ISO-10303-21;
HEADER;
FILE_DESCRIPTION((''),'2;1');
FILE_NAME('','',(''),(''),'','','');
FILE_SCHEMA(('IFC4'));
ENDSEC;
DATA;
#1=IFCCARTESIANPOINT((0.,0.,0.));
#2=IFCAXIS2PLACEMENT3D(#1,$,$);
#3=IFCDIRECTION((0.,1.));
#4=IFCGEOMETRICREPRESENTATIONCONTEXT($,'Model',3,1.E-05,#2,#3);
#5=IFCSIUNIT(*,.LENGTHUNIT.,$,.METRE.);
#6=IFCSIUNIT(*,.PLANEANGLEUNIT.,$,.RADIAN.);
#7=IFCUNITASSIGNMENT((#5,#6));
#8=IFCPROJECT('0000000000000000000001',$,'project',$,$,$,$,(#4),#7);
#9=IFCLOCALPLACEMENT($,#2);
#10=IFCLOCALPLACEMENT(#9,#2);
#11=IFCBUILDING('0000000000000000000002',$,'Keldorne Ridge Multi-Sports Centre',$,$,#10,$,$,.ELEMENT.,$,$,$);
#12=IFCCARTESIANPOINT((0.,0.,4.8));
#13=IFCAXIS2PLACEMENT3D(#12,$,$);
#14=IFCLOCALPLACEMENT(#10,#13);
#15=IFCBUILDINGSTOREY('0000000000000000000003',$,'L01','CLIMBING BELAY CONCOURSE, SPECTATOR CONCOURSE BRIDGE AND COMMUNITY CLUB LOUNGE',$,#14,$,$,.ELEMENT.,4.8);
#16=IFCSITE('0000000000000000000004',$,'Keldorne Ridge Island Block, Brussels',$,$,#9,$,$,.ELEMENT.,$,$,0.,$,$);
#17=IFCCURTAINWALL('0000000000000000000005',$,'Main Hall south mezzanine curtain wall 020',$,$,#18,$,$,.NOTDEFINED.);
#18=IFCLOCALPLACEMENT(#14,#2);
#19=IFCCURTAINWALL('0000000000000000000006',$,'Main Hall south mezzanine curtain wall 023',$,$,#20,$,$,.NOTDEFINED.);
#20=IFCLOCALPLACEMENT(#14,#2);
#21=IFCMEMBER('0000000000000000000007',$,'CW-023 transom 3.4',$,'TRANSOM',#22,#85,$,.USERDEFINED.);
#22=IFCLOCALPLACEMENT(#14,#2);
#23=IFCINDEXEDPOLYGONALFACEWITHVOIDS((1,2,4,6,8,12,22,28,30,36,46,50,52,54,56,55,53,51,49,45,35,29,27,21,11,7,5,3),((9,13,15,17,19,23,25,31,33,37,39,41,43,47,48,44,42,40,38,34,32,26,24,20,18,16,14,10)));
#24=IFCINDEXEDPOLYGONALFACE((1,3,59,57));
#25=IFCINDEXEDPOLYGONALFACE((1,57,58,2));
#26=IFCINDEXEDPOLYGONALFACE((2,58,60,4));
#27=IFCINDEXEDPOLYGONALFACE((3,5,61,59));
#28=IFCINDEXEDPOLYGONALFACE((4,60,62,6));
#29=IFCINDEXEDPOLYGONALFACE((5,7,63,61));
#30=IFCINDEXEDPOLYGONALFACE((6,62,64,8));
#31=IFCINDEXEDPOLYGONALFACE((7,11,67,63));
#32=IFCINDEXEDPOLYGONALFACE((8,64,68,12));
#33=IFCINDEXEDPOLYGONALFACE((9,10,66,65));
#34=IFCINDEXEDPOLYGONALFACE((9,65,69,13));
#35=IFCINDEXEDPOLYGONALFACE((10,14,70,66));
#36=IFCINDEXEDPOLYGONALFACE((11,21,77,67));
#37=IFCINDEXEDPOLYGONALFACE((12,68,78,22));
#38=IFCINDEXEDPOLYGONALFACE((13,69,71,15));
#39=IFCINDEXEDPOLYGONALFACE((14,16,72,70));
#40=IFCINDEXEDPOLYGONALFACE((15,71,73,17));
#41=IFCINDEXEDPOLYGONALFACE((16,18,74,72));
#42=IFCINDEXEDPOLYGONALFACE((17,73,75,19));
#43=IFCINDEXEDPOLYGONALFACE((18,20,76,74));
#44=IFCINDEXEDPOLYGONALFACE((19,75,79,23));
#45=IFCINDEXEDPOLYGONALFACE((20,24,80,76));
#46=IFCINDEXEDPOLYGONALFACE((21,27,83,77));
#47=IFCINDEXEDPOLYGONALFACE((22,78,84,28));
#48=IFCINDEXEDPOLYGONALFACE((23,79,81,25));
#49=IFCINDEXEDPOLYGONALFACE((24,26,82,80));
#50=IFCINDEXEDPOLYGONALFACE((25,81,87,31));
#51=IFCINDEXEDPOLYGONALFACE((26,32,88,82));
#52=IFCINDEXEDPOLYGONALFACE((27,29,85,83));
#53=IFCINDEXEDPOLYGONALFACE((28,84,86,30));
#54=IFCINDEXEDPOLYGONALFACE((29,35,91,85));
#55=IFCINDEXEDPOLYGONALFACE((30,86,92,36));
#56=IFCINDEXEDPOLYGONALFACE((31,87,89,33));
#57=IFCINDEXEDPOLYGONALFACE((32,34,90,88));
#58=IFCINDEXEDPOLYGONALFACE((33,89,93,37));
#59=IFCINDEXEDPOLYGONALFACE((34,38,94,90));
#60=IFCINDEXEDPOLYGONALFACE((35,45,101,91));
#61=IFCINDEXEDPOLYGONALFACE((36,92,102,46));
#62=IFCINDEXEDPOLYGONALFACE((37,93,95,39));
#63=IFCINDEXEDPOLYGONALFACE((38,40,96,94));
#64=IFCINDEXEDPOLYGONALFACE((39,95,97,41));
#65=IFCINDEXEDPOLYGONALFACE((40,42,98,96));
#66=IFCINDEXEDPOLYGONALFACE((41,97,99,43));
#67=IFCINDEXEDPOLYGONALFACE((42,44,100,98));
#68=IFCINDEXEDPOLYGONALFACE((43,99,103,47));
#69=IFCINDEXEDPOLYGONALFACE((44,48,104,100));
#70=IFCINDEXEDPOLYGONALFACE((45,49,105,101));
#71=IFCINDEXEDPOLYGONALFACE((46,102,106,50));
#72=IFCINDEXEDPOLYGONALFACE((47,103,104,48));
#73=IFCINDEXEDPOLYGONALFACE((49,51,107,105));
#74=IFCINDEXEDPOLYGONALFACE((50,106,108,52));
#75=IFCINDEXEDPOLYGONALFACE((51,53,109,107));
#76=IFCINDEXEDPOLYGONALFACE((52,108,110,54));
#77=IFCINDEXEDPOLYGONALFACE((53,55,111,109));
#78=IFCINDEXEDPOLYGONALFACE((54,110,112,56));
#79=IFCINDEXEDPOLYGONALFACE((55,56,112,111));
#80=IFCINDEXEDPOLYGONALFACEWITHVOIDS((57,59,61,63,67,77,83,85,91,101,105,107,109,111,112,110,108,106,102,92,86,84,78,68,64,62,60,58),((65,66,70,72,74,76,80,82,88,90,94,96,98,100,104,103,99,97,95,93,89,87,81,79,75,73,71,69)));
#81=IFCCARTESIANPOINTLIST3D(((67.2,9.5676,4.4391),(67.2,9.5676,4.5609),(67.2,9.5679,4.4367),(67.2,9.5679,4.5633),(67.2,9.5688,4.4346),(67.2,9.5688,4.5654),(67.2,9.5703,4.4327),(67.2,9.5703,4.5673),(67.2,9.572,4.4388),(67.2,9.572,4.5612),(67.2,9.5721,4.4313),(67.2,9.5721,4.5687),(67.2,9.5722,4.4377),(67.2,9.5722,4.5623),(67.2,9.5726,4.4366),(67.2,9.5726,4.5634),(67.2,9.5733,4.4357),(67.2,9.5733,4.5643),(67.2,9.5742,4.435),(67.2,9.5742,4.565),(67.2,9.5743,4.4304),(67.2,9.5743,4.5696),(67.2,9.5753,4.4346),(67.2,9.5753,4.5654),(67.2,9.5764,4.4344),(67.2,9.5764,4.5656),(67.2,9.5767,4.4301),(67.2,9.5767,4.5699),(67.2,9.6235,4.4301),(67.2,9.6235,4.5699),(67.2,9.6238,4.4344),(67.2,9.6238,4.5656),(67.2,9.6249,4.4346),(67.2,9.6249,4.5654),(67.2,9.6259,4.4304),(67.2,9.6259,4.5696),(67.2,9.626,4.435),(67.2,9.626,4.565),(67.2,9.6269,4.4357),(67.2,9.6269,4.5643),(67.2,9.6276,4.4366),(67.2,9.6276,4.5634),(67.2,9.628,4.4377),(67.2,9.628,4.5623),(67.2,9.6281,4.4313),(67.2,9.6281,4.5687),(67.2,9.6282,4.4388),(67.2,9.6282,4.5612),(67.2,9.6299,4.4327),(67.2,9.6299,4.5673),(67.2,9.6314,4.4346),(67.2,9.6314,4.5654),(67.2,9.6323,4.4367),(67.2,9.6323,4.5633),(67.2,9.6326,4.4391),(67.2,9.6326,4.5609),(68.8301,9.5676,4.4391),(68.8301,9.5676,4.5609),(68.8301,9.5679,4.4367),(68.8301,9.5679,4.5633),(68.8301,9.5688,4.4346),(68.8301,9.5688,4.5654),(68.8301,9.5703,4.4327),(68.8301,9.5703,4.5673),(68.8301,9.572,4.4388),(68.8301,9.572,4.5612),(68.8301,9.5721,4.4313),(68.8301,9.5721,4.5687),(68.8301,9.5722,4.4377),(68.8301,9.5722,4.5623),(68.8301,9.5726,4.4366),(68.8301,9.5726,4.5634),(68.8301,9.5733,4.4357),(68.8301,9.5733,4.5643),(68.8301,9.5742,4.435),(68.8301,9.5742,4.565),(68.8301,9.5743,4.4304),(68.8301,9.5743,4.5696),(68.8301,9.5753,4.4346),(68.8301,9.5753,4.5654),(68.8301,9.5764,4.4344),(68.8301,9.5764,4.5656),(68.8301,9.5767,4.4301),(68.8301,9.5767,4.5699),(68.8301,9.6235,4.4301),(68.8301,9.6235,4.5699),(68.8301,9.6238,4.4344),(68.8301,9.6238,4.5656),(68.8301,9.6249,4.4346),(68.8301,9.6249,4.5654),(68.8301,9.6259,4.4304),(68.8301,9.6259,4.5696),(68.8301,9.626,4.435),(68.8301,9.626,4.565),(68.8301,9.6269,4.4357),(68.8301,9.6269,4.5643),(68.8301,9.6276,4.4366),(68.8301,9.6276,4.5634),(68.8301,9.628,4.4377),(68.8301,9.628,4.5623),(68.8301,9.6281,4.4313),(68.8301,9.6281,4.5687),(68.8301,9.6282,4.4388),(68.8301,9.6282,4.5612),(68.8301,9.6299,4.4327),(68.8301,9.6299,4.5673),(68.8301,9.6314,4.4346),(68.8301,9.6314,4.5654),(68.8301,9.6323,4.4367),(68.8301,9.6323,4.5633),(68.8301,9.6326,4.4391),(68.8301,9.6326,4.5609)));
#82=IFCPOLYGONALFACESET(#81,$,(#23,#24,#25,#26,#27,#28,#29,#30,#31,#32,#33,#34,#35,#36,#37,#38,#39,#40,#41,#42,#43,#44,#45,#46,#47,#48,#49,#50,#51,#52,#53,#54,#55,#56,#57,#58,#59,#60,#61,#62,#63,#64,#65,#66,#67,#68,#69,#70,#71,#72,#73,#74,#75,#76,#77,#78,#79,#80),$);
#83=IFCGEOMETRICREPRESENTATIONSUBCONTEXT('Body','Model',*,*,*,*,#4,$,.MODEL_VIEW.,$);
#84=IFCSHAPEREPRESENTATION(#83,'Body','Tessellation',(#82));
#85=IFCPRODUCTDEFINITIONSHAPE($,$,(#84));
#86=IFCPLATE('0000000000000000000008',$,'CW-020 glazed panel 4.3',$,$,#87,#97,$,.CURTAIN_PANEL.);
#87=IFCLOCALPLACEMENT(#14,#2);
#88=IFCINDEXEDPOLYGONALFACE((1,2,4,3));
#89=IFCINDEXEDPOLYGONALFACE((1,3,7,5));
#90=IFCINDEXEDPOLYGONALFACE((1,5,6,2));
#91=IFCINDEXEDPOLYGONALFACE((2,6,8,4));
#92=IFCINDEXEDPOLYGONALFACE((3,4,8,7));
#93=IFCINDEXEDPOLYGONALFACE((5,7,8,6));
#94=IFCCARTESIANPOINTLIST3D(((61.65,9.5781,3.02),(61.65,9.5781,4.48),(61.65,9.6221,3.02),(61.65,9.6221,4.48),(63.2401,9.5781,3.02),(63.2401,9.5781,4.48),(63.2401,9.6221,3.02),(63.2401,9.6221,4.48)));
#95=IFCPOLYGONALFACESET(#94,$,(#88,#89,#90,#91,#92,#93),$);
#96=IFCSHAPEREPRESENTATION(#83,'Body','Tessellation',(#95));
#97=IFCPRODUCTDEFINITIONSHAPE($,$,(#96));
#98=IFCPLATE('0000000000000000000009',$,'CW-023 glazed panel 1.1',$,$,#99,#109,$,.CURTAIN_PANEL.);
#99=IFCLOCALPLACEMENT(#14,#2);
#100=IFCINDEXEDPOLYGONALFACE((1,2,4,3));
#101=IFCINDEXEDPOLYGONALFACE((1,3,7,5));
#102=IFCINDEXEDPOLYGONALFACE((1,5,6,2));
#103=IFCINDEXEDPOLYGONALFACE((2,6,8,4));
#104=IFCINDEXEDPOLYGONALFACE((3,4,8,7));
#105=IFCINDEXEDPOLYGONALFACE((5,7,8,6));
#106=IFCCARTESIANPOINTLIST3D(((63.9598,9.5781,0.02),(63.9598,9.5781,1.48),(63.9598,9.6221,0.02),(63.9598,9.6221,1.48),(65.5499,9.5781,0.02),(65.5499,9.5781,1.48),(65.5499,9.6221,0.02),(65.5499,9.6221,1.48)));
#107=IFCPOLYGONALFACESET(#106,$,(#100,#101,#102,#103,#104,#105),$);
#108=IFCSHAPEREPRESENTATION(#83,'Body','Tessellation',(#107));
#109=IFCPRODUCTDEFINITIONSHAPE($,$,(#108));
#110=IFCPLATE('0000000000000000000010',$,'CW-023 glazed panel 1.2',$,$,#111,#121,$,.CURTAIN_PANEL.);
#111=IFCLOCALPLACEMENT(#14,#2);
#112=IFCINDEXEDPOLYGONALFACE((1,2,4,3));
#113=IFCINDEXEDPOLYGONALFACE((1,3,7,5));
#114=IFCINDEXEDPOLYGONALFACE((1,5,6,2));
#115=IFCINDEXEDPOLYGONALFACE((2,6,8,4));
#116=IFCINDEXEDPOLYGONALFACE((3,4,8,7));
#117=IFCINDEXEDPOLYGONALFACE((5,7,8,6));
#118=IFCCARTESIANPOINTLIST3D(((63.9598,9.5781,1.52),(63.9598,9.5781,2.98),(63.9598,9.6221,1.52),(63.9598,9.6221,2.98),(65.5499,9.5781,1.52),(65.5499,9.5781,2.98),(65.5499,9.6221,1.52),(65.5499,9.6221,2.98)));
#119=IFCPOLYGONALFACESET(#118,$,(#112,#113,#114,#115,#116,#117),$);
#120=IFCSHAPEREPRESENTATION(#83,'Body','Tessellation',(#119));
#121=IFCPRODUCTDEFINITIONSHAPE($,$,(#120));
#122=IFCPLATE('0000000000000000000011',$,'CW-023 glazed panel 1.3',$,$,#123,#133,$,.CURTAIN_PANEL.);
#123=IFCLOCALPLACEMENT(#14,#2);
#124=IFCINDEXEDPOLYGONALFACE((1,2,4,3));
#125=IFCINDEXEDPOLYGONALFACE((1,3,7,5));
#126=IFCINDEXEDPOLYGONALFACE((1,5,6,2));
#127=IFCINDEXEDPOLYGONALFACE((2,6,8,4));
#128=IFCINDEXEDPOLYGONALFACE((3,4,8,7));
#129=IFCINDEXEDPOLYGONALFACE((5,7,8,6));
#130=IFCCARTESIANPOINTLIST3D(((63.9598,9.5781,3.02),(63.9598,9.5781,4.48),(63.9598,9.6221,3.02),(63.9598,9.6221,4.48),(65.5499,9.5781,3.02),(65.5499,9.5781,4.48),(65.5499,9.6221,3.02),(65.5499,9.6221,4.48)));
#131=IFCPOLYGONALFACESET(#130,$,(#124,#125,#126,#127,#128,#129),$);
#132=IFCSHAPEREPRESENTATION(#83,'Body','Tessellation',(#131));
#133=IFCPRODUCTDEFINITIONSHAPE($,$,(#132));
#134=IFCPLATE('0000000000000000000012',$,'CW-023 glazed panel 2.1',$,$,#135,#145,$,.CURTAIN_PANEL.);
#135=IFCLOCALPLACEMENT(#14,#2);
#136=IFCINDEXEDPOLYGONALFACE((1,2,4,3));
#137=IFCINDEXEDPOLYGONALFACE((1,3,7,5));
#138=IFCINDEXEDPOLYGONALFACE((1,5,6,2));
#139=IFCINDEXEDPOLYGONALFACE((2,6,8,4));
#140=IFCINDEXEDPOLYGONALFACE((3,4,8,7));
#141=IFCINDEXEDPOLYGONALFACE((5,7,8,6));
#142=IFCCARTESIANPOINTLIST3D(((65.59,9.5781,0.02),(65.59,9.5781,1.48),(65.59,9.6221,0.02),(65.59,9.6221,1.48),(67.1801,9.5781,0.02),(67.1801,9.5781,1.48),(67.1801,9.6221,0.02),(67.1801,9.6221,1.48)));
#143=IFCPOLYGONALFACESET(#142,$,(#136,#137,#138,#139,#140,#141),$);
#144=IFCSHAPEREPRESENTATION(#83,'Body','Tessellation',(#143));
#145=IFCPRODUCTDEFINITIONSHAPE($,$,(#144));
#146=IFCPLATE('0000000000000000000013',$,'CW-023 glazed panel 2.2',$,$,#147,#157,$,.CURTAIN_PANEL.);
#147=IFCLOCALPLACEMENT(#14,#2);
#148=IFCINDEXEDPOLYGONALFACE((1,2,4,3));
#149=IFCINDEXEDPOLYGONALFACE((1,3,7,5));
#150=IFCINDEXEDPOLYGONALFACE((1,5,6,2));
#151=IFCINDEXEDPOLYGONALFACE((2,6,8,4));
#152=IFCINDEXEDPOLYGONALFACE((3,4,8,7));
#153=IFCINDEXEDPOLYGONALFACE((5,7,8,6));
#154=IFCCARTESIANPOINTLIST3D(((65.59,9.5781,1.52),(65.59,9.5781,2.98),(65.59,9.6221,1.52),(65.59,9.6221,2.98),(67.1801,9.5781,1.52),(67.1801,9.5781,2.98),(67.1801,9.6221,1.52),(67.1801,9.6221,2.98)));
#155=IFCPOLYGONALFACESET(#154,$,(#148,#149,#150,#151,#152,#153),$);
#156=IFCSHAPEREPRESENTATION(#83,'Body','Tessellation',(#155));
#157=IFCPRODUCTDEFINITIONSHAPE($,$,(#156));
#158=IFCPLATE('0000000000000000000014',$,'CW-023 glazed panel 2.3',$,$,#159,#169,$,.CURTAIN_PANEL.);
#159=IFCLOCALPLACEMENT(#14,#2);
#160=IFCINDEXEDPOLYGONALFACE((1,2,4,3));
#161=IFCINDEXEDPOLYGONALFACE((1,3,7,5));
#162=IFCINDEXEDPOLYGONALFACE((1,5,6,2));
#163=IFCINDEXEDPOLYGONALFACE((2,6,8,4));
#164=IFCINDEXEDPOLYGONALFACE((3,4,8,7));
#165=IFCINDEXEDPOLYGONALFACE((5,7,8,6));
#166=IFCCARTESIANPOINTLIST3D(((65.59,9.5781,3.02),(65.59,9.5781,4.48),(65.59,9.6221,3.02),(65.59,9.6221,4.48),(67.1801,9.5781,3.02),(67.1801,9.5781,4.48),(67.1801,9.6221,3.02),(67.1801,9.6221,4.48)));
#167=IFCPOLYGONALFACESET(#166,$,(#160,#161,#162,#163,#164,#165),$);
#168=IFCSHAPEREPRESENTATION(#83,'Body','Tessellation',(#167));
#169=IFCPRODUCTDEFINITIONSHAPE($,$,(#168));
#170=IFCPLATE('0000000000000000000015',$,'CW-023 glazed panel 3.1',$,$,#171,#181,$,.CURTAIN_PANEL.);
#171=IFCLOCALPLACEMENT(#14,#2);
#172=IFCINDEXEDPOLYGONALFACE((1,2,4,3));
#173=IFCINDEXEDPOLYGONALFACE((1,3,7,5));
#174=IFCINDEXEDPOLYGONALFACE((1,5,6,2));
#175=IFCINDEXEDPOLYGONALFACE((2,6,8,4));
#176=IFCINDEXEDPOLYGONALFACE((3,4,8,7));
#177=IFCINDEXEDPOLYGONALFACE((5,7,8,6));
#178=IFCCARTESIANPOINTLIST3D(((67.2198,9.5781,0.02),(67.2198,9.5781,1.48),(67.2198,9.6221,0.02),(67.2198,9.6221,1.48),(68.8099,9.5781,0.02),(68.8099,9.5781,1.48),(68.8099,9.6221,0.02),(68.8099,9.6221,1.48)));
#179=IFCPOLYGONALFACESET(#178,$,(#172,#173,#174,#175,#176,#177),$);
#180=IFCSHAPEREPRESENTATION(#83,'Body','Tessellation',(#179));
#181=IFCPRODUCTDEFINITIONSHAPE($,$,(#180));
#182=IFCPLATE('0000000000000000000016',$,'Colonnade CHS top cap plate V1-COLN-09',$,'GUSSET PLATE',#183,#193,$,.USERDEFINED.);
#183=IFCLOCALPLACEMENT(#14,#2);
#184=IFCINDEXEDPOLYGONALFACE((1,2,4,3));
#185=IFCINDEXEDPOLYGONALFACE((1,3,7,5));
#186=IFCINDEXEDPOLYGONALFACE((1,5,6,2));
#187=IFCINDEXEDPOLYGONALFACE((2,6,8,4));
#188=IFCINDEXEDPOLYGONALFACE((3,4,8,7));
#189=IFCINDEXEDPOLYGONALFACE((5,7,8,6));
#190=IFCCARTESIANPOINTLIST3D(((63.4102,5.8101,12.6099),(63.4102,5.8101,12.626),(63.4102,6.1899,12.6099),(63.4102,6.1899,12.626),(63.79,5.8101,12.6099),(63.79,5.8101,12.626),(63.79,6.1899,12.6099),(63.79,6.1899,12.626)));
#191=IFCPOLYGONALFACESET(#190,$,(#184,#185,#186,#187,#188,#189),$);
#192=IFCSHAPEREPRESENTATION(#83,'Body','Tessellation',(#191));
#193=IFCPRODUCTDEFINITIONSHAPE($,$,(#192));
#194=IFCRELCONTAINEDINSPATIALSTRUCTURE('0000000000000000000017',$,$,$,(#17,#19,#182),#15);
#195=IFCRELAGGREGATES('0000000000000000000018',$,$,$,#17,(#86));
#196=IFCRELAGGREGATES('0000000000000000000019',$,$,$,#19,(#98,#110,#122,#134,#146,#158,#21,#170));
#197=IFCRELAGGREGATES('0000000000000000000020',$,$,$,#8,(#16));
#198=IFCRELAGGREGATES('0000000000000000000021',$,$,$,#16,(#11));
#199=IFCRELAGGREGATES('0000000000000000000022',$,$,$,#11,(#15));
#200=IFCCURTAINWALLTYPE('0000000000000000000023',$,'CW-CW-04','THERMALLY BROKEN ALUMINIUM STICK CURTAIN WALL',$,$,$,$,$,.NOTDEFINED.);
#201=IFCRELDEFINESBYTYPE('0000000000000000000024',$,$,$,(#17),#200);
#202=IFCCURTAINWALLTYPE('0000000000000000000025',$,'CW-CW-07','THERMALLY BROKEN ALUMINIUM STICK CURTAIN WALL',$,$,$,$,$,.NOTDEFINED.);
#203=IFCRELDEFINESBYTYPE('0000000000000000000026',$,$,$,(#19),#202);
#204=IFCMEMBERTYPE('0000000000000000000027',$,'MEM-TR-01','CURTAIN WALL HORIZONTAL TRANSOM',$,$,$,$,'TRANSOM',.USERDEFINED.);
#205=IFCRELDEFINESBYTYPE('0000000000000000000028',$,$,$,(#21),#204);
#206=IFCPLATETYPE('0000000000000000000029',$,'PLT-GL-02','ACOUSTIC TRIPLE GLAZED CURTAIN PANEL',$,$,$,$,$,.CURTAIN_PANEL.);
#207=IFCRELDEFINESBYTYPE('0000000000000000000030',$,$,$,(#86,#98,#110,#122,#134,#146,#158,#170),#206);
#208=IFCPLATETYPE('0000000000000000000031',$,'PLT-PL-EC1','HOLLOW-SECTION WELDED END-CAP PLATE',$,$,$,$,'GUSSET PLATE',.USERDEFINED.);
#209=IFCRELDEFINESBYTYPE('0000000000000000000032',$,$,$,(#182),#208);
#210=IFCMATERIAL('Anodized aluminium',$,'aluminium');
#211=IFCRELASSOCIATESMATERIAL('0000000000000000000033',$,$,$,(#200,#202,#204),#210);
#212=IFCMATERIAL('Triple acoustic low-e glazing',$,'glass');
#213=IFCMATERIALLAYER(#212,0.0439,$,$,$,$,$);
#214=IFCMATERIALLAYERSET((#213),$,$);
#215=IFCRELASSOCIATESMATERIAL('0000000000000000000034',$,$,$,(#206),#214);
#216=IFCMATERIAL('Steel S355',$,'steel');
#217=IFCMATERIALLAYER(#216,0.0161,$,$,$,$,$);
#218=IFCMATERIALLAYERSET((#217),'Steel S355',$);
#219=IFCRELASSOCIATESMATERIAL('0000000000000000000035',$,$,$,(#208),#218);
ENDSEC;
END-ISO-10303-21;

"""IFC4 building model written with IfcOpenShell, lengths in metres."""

from ifc_helpers import new_model, si_unit, direction, frame, origin, origin_2d, place, context, subcontext, project, spatial, rectangle, hollow_rectangle, extrude, material, layer, layer_set, material_profile, profile_set, type_object, element, aggregate, save


model = new_model("IFC4")

# Units and contexts
model_context = context("Model", 3, precision=1e-05, world=origin(), true_north=direction((0.0, 1.0)))
body_context = subcontext(model_context, "Body", "Model", "MODEL_VIEW")
ifc_project = project(units=[si_unit("LENGTHUNIT", "METRE"), si_unit("PLANEANGLEUNIT", "RADIAN")], contexts=[model_context])

# Site, building, storey
site_placement = place(None, origin())
site = spatial("IfcSite", under=ifc_project, at=site_placement, Name="Keldorne Ridge Island Block, Brussels", CompositionType="ELEMENT", RefElevation=0.0)
building_placement = place(site_placement, origin())
building = spatial("IfcBuilding", under=site, at=building_placement, Name="Keldorne Ridge Multi-Sports Centre", CompositionType="ELEMENT")
storey_placement = place(building_placement, frame((0.0, 0.0, 4.8)))
storey = spatial("IfcBuildingStorey", under=building, at=storey_placement, Name="L01", Description="CLIMBING BELAY CONCOURSE, SPECTATOR CONCOURSE BRIDGE AND COMMUNITY CLUB LOUNGE", CompositionType="ELEMENT", Elevation=4.8)

# Shared definitions
ifc_material_1 = material(Name="Steel S355", Category="steel")

# Curtain wall
ifc_material_2 = material(Name="Anodized aluminium", Category="aluminium")
curtain_wall_type_1 = type_object("IfcCurtainWallType", Name="CW-CW-04", Description="THERMALLY BROKEN ALUMINIUM STICK CURTAIN WALL", PredefinedType="NOTDEFINED", material=ifc_material_2)
curtain_wall_1_placement = place(storey_placement, origin())
curtain_wall_1 = element("IfcCurtainWall", 1, at=curtain_wall_1_placement, inside=storey, type_object=curtain_wall_type_1, Name="Main Hall south mezzanine curtain wall 020", PredefinedType="NOTDEFINED")

# Curtain wall, member
curtain_wall_type_2 = type_object("IfcCurtainWallType", Name="CW-CW-07", Description="THERMALLY BROKEN ALUMINIUM STICK CURTAIN WALL", PredefinedType="NOTDEFINED", material=ifc_material_2)
curtain_wall_2_placement = place(storey_placement, origin())
curtain_wall_2 = element("IfcCurtainWall", 2, at=curtain_wall_2_placement, inside=storey, type_object=curtain_wall_type_2, Name="Main Hall south mezzanine curtain wall 023", PredefinedType="NOTDEFINED")
ifc_material_profile_1 = material_profile(ifc_material_2, hollow_rectangle(XDim=0.0649, YDim=0.1399, WallThickness=0.0044, InnerFilletRadius=0.0044, OuterFilletRadius=0.009, at=origin_2d()), Name="ALU TRANSOM 140x65x4.5")
ifc_profile_set_1 = profile_set([ifc_material_profile_1], Name="Anodized aluminium")
member_type_1 = type_object("IfcMemberType", Name="MEM-TR-01", Description="CURTAIN WALL HORIZONTAL TRANSOM", ElementType="TRANSOM", PredefinedType="USERDEFINED", material=ifc_profile_set_1)
member_1_placement = place(storey_placement, frame((67.2, 9.6001, 4.5), z_axis=(1.0, 0.0, 0.0), x_axis=(0.0, 1.0, 0.0)))
member_1 = element("IfcMember", 3, at=member_1_placement, type_object=member_type_1, Name="CW-023 transom 3.4", ObjectType="TRANSOM", PredefinedType="USERDEFINED", context=body_context, shape_type="SweptSolid", body=[
    extrude(hollow_rectangle(XDim=0.0649, YDim=0.1399, WallThickness=0.0044, InnerFilletRadius=0.0044, OuterFilletRadius=0.009, at=origin_2d()), origin(), (0.0, 0.0, 1.0), 1.6301),
])

# Plates
ifc_material_3 = material(Name="Triple acoustic low-e glazing", Category="glass")
ifc_layer_1 = layer(ifc_material_3, 0.0439)
ifc_layer_set_1 = layer_set([ifc_layer_1])
plate_type_1 = type_object("IfcPlateType", Name="PLT-GL-02", Description="ACOUSTIC TRIPLE GLAZED CURTAIN PANEL", PredefinedType="CURTAIN_PANEL", material=ifc_layer_set_1)
plate_1_placement = place(storey_placement, frame((62.4451, 9.6001, 3.02), z_axis=(0.0, 0.0, 1.0), x_axis=(1.0, 0.0, 0.0)))
plate_1 = element("IfcPlate", 4, at=plate_1_placement, type_object=plate_type_1, Name="CW-020 glazed panel 4.3", PredefinedType="CURTAIN_PANEL", context=body_context, shape_type="SweptSolid", body=[
    extrude(rectangle(XDim=1.5901, YDim=0.0439, at=origin_2d()), origin(), (0.0, 0.0, 1.0), 1.46),
])
aggregate(curtain_wall_1, [plate_1])
plate_2_placement = place(storey_placement, frame((64.7549, 9.6001, 0.02), z_axis=(0.0, 0.0, 1.0), x_axis=(1.0, 0.0, 0.0)))
plate_2 = element("IfcPlate", 5, at=plate_2_placement, type_object=plate_type_1, Name="CW-023 glazed panel 1.1", PredefinedType="CURTAIN_PANEL", context=body_context, shape_type="SweptSolid", body=[
    extrude(rectangle(XDim=1.5901, YDim=0.0439, at=origin_2d()), origin(), (0.0, 0.0, 1.0), 1.46),
])
plate_3_placement = place(storey_placement, frame((64.7549, 9.6001, 1.52), z_axis=(0.0, 0.0, 1.0), x_axis=(1.0, 0.0, 0.0)))
plate_3 = element("IfcPlate", 6, at=plate_3_placement, type_object=plate_type_1, Name="CW-023 glazed panel 1.2", PredefinedType="CURTAIN_PANEL", context=body_context, shape_type="SweptSolid", body=[
    extrude(rectangle(XDim=1.5901, YDim=0.0439, at=origin_2d()), origin(), (0.0, 0.0, 1.0), 1.46),
])
plate_4_placement = place(storey_placement, frame((64.7549, 9.6001, 3.02), z_axis=(0.0, 0.0, 1.0), x_axis=(1.0, 0.0, 0.0)))
plate_4 = element("IfcPlate", 7, at=plate_4_placement, type_object=plate_type_1, Name="CW-023 glazed panel 1.3", PredefinedType="CURTAIN_PANEL", context=body_context, shape_type="SweptSolid", body=[
    extrude(rectangle(XDim=1.5901, YDim=0.0439, at=origin_2d()), origin(), (0.0, 0.0, 1.0), 1.46),
])
plate_5_placement = place(storey_placement, frame((66.385, 9.6001, 0.02), z_axis=(0.0, 0.0, 1.0), x_axis=(1.0, 0.0, 0.0)))
plate_5 = element("IfcPlate", 8, at=plate_5_placement, type_object=plate_type_1, Name="CW-023 glazed panel 2.1", PredefinedType="CURTAIN_PANEL", context=body_context, shape_type="SweptSolid", body=[
    extrude(rectangle(XDim=1.5901, YDim=0.0439, at=origin_2d()), origin(), (0.0, 0.0, 1.0), 1.46),
])
plate_6_placement = place(storey_placement, frame((66.385, 9.6001, 1.52), z_axis=(0.0, 0.0, 1.0), x_axis=(1.0, 0.0, 0.0)))
plate_6 = element("IfcPlate", 9, at=plate_6_placement, type_object=plate_type_1, Name="CW-023 glazed panel 2.2", PredefinedType="CURTAIN_PANEL", context=body_context, shape_type="SweptSolid", body=[
    extrude(rectangle(XDim=1.5901, YDim=0.0439, at=origin_2d()), origin(), (0.0, 0.0, 1.0), 1.46),
])
plate_7_placement = place(storey_placement, frame((66.385, 9.6001, 3.02), z_axis=(0.0, 0.0, 1.0), x_axis=(1.0, 0.0, 0.0)))
plate_7 = element("IfcPlate", 10, at=plate_7_placement, type_object=plate_type_1, Name="CW-023 glazed panel 2.3", PredefinedType="CURTAIN_PANEL", context=body_context, shape_type="SweptSolid", body=[
    extrude(rectangle(XDim=1.5901, YDim=0.0439, at=origin_2d()), origin(), (0.0, 0.0, 1.0), 1.46),
])
plate_8_placement = place(storey_placement, frame((68.0149, 9.6001, 0.02), z_axis=(0.0, 0.0, 1.0), x_axis=(1.0, 0.0, 0.0)))
plate_8 = element("IfcPlate", 11, at=plate_8_placement, type_object=plate_type_1, Name="CW-023 glazed panel 3.1", PredefinedType="CURTAIN_PANEL", context=body_context, shape_type="SweptSolid", body=[
    extrude(rectangle(XDim=1.5901, YDim=0.0439, at=origin_2d()), origin(), (0.0, 0.0, 1.0), 1.46),
])
aggregate(curtain_wall_2, [plate_2, plate_3, plate_4, plate_5, plate_6, plate_7, member_1, plate_8])

# Plate
ifc_layer_2 = layer(ifc_material_1, 0.0161)
ifc_layer_set_2 = layer_set([ifc_layer_2], Name="Steel S355")
plate_type_2 = type_object("IfcPlateType", Name="PLT-PL-EC1", Description="HOLLOW-SECTION WELDED END-CAP PLATE", ElementType="GUSSET PLATE", PredefinedType="USERDEFINED", material=ifc_layer_set_2)
plate_9_placement = place(storey_placement, frame((63.6001, 6.0, 12.6099), z_axis=(0.0, 0.0, 1.0), x_axis=(1.0, 0.0, 0.0)))
element("IfcPlate", 12, at=plate_9_placement, inside=storey, type_object=plate_type_2, Name="Colonnade CHS top cap plate V1-COLN-09", ObjectType="GUSSET PLATE", PredefinedType="USERDEFINED", context=body_context, shape_type="SweptSolid", body=[
    extrude(rectangle(XDim=0.3799, YDim=0.3799, at=origin_2d()), origin(), (0.0, 0.0, 1.0), 0.0161),
])

save(model, "model.ifc")
